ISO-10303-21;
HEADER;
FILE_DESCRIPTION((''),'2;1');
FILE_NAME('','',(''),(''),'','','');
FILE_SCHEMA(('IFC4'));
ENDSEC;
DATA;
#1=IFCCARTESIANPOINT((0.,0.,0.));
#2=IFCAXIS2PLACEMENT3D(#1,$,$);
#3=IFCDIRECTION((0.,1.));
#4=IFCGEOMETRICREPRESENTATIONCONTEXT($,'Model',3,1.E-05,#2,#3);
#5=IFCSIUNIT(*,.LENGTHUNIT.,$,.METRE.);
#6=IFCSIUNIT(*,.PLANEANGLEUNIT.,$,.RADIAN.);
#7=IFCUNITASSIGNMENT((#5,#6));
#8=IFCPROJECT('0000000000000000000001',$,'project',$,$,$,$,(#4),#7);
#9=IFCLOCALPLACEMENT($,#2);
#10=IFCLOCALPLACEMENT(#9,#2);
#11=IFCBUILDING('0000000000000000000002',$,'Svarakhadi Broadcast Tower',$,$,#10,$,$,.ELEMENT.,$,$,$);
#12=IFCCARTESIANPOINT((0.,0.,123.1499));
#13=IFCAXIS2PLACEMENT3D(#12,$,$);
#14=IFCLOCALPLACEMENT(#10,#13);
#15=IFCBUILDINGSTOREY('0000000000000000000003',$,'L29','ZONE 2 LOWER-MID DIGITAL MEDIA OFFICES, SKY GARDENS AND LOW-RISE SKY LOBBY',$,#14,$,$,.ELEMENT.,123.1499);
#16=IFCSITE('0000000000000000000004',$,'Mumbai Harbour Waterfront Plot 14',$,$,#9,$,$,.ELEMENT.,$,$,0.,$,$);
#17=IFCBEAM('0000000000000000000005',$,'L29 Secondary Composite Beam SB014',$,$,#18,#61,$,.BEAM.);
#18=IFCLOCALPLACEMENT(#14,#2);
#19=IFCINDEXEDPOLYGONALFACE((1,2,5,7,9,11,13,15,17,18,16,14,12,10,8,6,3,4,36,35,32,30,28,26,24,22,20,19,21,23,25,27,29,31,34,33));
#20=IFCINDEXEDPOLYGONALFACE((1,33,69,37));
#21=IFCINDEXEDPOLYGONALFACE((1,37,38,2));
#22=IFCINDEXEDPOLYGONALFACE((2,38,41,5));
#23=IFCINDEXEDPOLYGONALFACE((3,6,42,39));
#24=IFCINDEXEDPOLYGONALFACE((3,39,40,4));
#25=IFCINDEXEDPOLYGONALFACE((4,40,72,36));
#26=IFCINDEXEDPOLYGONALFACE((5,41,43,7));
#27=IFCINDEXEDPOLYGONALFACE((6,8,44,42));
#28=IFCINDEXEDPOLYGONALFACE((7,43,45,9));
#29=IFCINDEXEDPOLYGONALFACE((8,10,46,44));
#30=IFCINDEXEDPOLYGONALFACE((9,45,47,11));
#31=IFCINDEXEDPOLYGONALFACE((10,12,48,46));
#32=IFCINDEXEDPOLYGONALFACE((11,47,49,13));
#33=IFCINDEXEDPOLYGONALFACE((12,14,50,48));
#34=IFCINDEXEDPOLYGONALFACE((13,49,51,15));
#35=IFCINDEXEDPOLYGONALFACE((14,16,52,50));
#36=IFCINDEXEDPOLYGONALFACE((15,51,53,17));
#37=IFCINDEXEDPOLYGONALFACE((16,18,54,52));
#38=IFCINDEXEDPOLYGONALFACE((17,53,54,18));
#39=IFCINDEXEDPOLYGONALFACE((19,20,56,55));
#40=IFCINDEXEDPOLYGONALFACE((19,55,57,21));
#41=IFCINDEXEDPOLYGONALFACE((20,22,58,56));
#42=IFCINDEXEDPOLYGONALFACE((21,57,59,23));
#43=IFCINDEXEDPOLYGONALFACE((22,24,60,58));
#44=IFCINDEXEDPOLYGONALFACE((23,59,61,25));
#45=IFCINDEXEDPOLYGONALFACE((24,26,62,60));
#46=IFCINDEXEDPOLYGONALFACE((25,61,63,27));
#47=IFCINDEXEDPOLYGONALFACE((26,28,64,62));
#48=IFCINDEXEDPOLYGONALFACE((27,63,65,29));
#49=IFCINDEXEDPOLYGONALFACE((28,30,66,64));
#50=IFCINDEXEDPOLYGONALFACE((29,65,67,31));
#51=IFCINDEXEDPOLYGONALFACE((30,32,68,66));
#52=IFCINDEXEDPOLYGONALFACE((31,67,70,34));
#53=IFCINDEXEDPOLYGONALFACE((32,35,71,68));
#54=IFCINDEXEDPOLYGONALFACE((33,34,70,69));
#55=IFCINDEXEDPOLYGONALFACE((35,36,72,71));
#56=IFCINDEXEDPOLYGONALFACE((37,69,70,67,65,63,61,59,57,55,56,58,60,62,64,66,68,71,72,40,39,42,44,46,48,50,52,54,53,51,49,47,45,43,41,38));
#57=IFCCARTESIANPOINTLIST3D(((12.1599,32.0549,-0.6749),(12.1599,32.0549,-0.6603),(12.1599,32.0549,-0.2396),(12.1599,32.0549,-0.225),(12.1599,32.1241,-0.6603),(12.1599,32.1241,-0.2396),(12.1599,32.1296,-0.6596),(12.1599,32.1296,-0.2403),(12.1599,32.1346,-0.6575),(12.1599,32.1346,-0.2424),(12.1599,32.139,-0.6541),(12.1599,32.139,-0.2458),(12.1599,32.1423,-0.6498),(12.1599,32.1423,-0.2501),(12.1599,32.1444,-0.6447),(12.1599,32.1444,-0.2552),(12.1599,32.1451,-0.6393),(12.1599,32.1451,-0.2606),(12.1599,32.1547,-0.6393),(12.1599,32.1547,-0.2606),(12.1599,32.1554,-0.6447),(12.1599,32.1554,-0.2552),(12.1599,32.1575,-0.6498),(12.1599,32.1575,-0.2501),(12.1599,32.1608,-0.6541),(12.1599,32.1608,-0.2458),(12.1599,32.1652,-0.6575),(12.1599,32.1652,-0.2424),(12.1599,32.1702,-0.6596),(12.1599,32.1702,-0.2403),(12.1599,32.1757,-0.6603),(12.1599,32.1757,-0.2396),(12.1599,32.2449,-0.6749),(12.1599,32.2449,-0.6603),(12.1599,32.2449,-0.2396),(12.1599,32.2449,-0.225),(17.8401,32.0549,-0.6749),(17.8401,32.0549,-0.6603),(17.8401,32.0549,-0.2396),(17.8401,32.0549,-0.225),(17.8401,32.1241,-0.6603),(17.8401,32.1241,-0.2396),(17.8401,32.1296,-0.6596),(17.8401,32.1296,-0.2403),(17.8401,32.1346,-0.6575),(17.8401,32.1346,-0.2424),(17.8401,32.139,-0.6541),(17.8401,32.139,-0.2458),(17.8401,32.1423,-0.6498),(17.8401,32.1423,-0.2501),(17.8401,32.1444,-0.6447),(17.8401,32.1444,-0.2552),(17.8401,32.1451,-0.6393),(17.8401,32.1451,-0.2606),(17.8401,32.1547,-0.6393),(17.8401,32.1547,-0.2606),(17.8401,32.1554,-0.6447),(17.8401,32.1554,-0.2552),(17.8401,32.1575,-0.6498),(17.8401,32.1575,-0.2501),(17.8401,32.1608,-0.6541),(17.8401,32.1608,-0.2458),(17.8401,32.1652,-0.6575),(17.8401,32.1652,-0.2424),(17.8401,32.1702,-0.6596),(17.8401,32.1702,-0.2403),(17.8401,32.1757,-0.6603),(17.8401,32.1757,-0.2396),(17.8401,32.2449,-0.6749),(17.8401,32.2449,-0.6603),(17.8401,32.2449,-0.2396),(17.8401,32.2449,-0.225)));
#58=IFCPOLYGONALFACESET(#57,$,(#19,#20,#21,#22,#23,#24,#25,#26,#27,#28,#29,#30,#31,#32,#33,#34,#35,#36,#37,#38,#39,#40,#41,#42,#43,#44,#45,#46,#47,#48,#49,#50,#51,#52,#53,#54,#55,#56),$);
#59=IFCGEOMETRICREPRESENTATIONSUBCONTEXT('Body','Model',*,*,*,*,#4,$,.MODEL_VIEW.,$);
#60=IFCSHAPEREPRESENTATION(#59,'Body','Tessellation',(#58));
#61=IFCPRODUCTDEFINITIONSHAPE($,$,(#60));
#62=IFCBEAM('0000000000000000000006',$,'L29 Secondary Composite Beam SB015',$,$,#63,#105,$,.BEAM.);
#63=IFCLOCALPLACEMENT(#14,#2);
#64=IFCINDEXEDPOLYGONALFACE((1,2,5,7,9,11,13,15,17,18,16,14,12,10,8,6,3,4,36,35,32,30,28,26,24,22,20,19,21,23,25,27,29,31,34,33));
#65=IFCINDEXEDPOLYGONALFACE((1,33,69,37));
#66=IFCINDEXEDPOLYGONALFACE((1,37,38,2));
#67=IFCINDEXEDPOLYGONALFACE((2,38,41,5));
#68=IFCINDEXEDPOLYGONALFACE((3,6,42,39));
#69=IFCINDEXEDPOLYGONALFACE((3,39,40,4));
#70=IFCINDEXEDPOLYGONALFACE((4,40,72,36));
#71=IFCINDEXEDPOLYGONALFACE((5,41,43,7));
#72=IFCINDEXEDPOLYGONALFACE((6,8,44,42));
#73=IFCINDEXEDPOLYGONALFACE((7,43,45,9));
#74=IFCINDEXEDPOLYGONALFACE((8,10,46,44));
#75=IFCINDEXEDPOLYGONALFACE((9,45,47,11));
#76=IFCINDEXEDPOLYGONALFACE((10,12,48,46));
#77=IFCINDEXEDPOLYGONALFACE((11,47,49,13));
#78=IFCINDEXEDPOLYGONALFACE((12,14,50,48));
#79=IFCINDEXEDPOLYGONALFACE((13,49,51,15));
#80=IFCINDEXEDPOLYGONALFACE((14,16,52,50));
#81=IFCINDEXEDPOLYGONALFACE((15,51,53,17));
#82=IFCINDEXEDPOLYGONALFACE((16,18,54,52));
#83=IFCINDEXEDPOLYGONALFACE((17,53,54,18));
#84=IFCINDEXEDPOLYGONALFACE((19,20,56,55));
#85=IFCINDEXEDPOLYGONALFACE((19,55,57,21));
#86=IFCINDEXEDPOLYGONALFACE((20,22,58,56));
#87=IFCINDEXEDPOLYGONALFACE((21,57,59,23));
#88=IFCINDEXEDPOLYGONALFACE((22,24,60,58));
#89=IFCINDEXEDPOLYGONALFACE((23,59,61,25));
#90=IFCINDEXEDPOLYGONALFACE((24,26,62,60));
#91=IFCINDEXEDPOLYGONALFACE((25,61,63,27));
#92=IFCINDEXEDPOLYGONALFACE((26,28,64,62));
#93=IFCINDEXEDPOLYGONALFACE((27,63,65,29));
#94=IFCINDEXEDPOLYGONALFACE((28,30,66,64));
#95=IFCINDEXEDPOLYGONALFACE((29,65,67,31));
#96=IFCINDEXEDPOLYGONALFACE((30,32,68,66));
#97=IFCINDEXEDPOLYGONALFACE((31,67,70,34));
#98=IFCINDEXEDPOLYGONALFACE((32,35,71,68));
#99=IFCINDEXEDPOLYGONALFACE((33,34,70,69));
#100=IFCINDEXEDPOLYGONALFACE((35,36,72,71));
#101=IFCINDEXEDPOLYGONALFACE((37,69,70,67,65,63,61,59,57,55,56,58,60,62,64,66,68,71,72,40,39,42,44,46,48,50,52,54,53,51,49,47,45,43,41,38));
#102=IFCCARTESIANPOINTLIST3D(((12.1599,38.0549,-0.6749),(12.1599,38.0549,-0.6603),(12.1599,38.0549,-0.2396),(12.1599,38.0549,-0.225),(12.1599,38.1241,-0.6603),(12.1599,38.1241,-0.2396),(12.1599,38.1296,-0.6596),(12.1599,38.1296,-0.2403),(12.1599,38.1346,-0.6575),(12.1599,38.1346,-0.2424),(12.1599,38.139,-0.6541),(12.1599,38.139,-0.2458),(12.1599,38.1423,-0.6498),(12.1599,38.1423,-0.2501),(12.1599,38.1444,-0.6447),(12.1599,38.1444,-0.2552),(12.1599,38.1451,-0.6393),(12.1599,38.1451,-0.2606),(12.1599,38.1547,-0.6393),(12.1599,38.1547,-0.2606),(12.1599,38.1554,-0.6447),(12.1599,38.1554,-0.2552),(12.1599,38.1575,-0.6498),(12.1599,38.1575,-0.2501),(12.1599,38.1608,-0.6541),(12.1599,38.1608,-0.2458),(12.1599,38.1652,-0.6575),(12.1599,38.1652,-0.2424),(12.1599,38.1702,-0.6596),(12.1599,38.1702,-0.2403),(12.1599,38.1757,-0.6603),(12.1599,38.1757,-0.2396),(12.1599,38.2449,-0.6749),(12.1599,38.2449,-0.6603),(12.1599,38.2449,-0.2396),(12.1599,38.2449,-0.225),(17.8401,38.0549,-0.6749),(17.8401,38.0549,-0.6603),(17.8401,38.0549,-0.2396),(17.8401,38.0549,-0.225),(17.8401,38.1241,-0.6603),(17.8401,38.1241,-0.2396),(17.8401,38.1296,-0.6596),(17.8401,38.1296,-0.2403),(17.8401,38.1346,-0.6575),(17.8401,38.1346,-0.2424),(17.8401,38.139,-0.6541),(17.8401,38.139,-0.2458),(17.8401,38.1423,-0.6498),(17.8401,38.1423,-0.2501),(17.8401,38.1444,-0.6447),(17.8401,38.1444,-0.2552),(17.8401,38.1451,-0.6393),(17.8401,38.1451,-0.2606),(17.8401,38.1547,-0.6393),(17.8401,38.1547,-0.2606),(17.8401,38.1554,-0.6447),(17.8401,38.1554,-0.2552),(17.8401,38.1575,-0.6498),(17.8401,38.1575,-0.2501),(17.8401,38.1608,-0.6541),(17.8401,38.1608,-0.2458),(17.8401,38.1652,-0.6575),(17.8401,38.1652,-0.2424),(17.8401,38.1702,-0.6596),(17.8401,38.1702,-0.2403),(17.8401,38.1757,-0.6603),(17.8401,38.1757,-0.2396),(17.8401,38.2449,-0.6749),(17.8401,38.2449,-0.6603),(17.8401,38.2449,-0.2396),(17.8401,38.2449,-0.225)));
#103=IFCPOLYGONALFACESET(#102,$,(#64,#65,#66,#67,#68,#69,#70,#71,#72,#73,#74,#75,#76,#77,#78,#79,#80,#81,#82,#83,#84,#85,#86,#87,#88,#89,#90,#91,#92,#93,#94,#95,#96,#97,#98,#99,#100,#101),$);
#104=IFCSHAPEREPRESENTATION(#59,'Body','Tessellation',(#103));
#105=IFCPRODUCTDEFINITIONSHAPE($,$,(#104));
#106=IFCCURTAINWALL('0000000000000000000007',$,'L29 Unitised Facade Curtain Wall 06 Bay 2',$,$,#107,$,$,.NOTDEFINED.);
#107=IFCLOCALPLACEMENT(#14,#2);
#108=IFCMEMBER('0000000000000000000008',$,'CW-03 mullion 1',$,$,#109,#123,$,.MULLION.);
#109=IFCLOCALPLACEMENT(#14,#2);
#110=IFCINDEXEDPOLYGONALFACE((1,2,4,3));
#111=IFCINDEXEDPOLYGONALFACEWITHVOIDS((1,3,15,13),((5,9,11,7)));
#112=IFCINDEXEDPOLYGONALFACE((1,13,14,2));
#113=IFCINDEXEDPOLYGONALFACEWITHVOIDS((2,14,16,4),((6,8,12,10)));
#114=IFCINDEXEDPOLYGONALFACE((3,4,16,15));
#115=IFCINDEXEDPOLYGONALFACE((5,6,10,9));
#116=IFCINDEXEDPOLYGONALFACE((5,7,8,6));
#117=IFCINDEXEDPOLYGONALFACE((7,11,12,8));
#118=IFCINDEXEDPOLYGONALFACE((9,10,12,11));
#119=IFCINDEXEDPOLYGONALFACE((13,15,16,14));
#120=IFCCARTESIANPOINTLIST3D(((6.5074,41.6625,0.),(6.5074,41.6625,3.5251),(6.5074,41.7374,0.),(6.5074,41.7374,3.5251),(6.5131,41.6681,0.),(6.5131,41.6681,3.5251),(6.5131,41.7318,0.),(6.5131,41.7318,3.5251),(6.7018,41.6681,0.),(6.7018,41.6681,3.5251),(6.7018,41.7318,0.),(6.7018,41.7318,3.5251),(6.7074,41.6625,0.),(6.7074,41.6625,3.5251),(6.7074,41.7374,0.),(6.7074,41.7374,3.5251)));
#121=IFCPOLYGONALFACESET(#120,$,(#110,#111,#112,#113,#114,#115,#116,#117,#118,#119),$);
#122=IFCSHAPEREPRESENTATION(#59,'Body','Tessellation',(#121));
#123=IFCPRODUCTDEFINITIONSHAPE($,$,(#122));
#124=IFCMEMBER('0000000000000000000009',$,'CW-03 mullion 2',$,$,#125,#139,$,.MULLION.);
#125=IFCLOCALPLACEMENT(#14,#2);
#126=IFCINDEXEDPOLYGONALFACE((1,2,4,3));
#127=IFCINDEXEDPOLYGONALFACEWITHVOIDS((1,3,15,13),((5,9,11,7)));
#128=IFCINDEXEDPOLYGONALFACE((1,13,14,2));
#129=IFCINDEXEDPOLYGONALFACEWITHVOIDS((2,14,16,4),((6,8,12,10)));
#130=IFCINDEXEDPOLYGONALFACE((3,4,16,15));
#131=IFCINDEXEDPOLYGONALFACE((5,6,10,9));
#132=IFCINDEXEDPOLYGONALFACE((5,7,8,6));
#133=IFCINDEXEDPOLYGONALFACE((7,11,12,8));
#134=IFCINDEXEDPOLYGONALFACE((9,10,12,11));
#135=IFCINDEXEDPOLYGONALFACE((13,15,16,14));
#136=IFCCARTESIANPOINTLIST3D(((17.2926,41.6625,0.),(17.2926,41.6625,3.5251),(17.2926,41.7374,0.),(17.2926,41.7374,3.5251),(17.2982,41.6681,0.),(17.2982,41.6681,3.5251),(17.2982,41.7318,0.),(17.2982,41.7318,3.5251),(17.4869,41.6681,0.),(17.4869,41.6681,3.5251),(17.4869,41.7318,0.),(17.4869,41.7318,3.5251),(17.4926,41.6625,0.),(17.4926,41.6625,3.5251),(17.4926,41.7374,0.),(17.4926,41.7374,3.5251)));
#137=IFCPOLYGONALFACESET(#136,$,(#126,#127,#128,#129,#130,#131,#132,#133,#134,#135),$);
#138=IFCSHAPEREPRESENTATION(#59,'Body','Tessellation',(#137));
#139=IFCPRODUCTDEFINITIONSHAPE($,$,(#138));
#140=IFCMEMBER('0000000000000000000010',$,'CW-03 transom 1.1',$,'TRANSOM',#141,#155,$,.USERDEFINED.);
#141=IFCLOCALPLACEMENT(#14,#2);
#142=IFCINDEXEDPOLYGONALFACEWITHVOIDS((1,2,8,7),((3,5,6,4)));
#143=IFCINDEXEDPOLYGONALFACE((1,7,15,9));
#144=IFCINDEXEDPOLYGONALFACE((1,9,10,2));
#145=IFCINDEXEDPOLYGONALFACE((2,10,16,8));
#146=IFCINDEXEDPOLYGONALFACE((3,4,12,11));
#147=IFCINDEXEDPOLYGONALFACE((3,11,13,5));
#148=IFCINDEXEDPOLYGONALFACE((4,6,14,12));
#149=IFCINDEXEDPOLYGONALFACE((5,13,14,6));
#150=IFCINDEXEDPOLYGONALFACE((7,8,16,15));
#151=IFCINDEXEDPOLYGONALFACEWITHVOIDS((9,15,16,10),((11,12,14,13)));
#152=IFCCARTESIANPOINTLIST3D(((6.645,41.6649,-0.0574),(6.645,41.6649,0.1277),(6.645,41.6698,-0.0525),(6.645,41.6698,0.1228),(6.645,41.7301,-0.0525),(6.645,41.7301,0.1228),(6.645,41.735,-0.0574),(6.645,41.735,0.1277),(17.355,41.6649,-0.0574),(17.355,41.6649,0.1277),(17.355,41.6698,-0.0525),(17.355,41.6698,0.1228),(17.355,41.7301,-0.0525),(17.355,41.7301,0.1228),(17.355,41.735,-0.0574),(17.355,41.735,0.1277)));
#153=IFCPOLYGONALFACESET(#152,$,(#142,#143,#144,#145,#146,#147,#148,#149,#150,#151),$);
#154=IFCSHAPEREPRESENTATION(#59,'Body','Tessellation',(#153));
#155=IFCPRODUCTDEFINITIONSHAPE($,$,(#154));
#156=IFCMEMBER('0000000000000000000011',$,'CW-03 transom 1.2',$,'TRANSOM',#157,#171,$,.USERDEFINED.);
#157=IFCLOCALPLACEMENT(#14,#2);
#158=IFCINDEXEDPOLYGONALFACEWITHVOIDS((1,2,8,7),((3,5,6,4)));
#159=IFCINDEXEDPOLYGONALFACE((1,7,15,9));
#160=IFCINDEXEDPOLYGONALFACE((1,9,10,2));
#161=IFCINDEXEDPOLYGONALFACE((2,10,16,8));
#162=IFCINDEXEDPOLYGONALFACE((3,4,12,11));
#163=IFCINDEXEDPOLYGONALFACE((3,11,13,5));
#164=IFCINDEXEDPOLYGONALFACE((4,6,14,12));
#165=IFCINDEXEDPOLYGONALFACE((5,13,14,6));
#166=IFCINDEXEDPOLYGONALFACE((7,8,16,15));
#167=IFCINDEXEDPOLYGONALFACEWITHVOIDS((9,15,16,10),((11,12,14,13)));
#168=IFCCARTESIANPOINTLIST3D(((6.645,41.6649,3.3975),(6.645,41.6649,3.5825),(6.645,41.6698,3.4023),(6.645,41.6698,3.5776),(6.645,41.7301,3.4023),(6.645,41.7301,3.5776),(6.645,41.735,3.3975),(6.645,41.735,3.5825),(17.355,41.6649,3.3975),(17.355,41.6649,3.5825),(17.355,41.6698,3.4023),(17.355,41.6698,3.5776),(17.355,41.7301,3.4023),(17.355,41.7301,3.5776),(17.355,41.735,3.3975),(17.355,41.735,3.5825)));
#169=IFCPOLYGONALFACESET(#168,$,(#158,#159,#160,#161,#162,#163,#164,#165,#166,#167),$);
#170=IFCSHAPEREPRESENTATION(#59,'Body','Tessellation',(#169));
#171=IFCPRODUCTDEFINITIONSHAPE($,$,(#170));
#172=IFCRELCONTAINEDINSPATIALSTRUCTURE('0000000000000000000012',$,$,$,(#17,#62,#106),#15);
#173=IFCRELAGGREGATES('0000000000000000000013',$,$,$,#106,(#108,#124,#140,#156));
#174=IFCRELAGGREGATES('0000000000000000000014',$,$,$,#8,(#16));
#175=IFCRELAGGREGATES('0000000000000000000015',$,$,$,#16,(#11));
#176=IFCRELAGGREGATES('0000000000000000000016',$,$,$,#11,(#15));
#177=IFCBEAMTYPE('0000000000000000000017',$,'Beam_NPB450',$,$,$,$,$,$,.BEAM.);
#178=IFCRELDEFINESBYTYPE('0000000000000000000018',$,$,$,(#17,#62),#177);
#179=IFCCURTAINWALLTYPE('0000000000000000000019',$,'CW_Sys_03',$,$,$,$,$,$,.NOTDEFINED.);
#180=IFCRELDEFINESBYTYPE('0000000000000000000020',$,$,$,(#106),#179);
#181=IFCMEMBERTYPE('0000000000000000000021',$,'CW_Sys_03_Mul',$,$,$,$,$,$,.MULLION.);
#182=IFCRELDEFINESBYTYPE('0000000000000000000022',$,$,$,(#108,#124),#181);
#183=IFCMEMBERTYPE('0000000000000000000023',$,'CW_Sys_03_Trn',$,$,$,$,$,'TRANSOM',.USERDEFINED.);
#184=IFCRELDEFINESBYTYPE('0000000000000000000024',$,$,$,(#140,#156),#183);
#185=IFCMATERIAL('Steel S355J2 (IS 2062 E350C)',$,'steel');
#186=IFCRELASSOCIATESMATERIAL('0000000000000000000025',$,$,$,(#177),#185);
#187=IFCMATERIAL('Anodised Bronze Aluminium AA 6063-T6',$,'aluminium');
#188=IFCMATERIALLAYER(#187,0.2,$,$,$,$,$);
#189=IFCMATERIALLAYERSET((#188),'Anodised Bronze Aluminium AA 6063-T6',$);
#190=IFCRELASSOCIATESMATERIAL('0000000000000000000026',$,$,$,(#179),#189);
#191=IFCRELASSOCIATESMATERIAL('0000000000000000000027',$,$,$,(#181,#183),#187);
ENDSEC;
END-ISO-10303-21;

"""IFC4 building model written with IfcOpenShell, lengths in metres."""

from ifc_helpers import new_model, si_unit, direction, frame, origin, origin_2d, place, context, subcontext, project, spatial, hollow_rectangle, i_section, extrude, material, layer, layer_set, material_profile, profile_set, type_object, element, aggregate, save


model = new_model("IFC4")

# Units and contexts
model_context = context("Model", 3, precision=1e-05, world=origin(), true_north=direction((0.0, 1.0)))
body_context = subcontext(model_context, "Body", "Model", "MODEL_VIEW")
ifc_project = project(units=[si_unit("LENGTHUNIT", "METRE"), si_unit("PLANEANGLEUNIT", "RADIAN")], contexts=[model_context])

# Site, building, storey
site_placement = place(None, origin())
site = spatial("IfcSite", under=ifc_project, at=site_placement, Name="Mumbai Harbour Waterfront Plot 14", CompositionType="ELEMENT", RefElevation=0.0)
building_placement = place(site_placement, origin())
building = spatial("IfcBuilding", under=site, at=building_placement, Name="Svarakhadi Broadcast Tower", CompositionType="ELEMENT")
storey_placement = place(building_placement, frame((0.0, 0.0, 123.1499)))
storey = spatial("IfcBuildingStorey", under=building, at=storey_placement, Name="L29", Description="ZONE 2 LOWER-MID DIGITAL MEDIA OFFICES, SKY GARDENS AND LOW-RISE SKY LOBBY", CompositionType="ELEMENT", Elevation=123.1499)

# Beams
ifc_material_1 = material(Name="Steel S355J2 (IS 2062 E350C)", Category="steel")
ifc_material_profile_1 = material_profile(ifc_material_1, i_section(OverallWidth=0.1899, OverallDepth=0.45, WebThickness=0.0095, FlangeThickness=0.0146, FilletRadius=0.021, at=origin_2d()), Name="NPB 450x190x78")
ifc_profile_set_1 = profile_set([ifc_material_profile_1], Name="Steel S355J2 (IS 2062 E350C)")
beam_type_1 = type_object("IfcBeamType", Name="Beam_NPB450", PredefinedType="BEAM", material=ifc_profile_set_1)
for number, where, z_axis, x_axis, name in (
    (1, (12.1599, 32.1499, -0.45), (1.0, 0.0, 0.0), (0.0, 1.0, 0.0), "L29 Secondary Composite Beam SB014"),
    (2, (12.1599, 38.1499, -0.45), (1.0, 0.0, 0.0), (0.0, 1.0, 0.0), "L29 Secondary Composite Beam SB015"),
):
    element("IfcBeam", number, at=place(storey_placement, frame(where, z_axis=z_axis, x_axis=x_axis)), inside=storey, type_object=beam_type_1, Name=name, PredefinedType="BEAM", context=body_context, shape_type="SweptSolid", body=[
        extrude(i_section(OverallWidth=0.1899, OverallDepth=0.45, WebThickness=0.0095, FlangeThickness=0.0146, FilletRadius=0.021, at=origin_2d()), origin(), (0.0, 0.0, 1.0), 5.6802),
    ])

# Curtain wall, members
ifc_material_2 = material(Name="Anodised Bronze Aluminium AA 6063-T6", Category="aluminium")
ifc_layer_1 = layer(ifc_material_2, 0.2)
ifc_layer_set_1 = layer_set([ifc_layer_1], Name="Anodised Bronze Aluminium AA 6063-T6")
curtain_wall_type = type_object("IfcCurtainWallType", Name="CW_Sys_03", PredefinedType="NOTDEFINED", material=ifc_layer_set_1)
curtain_wall_placement = place(storey_placement, origin())
curtain_wall = element("IfcCurtainWall", 3, at=curtain_wall_placement, inside=storey, type_object=curtain_wall_type, Name="L29 Unitised Facade Curtain Wall 06 Bay 2", PredefinedType="NOTDEFINED")
ifc_material_profile_2 = material_profile(ifc_material_2, hollow_rectangle(XDim=0.075, YDim=0.2, WallThickness=0.0056, at=origin_2d()), Name="ALU MULLION 200x75x6")
ifc_profile_set_2 = profile_set([ifc_material_profile_2], Name="Anodised Bronze Aluminium AA 6063-T6")
member_type_1 = type_object("IfcMemberType", Name="CW_Sys_03_Mul", PredefinedType="MULLION", material=ifc_profile_set_2)
member_1_placement = place(storey_placement, frame((6.6074, 41.7, 0.0), z_axis=(0.0, 0.0, 1.0), x_axis=(0.0, 1.0, 0.0)))
member_1 = element("IfcMember", 4, at=member_1_placement, type_object=member_type_1, Name="CW-03 mullion 1", PredefinedType="MULLION", context=body_context, shape_type="SweptSolid", body=[
    extrude(hollow_rectangle(XDim=0.075, YDim=0.2, WallThickness=0.0056, at=origin_2d()), origin(), (0.0, 0.0, 1.0), 3.5251),
])
member_2_placement = place(storey_placement, frame((17.3926, 41.7, 0.0), z_axis=(0.0, 0.0, 1.0), x_axis=(0.0, 1.0, 0.0)))
member_2 = element("IfcMember", 5, at=member_2_placement, type_object=member_type_1, Name="CW-03 mullion 2", PredefinedType="MULLION", context=body_context, shape_type="SweptSolid", body=[
    extrude(hollow_rectangle(XDim=0.075, YDim=0.2, WallThickness=0.0056, at=origin_2d()), origin(), (0.0, 0.0, 1.0), 3.5251),
])
ifc_material_profile_3 = material_profile(ifc_material_2, hollow_rectangle(XDim=0.0701, YDim=0.1851, WallThickness=0.0049, at=origin_2d()), Name="ALU TRANSOM 185x70x5")
ifc_profile_set_3 = profile_set([ifc_material_profile_3], Name="Anodised Bronze Aluminium AA 6063-T6")
member_type_2 = type_object("IfcMemberType", Name="CW_Sys_03_Trn", ElementType="TRANSOM", PredefinedType="USERDEFINED", material=ifc_profile_set_3)
member_3_placement = place(storey_placement, frame((6.645, 41.7, 0.0352), z_axis=(1.0, 0.0, 0.0), x_axis=(0.0, 1.0, 0.0)))
member_3 = element("IfcMember", 6, at=member_3_placement, type_object=member_type_2, Name="CW-03 transom 1.1", ObjectType="TRANSOM", PredefinedType="USERDEFINED", context=body_context, shape_type="SweptSolid", body=[
    extrude(hollow_rectangle(XDim=0.0701, YDim=0.1851, WallThickness=0.0049, at=origin_2d()), origin(), (0.0, 0.0, 1.0), 10.71),
])
member_4_placement = place(storey_placement, frame((6.645, 41.7, 3.49), z_axis=(1.0, 0.0, 0.0), x_axis=(0.0, 1.0, 0.0)))
member_4 = element("IfcMember", 7, at=member_4_placement, type_object=member_type_2, Name="CW-03 transom 1.2", ObjectType="TRANSOM", PredefinedType="USERDEFINED", context=body_context, shape_type="SweptSolid", body=[
    extrude(hollow_rectangle(XDim=0.0701, YDim=0.1851, WallThickness=0.0049, at=origin_2d()), origin(), (0.0, 0.0, 1.0), 10.71),
])

aggregate(curtain_wall, [member_1, member_2, member_3, member_4])

save(model, "model.ifc")
